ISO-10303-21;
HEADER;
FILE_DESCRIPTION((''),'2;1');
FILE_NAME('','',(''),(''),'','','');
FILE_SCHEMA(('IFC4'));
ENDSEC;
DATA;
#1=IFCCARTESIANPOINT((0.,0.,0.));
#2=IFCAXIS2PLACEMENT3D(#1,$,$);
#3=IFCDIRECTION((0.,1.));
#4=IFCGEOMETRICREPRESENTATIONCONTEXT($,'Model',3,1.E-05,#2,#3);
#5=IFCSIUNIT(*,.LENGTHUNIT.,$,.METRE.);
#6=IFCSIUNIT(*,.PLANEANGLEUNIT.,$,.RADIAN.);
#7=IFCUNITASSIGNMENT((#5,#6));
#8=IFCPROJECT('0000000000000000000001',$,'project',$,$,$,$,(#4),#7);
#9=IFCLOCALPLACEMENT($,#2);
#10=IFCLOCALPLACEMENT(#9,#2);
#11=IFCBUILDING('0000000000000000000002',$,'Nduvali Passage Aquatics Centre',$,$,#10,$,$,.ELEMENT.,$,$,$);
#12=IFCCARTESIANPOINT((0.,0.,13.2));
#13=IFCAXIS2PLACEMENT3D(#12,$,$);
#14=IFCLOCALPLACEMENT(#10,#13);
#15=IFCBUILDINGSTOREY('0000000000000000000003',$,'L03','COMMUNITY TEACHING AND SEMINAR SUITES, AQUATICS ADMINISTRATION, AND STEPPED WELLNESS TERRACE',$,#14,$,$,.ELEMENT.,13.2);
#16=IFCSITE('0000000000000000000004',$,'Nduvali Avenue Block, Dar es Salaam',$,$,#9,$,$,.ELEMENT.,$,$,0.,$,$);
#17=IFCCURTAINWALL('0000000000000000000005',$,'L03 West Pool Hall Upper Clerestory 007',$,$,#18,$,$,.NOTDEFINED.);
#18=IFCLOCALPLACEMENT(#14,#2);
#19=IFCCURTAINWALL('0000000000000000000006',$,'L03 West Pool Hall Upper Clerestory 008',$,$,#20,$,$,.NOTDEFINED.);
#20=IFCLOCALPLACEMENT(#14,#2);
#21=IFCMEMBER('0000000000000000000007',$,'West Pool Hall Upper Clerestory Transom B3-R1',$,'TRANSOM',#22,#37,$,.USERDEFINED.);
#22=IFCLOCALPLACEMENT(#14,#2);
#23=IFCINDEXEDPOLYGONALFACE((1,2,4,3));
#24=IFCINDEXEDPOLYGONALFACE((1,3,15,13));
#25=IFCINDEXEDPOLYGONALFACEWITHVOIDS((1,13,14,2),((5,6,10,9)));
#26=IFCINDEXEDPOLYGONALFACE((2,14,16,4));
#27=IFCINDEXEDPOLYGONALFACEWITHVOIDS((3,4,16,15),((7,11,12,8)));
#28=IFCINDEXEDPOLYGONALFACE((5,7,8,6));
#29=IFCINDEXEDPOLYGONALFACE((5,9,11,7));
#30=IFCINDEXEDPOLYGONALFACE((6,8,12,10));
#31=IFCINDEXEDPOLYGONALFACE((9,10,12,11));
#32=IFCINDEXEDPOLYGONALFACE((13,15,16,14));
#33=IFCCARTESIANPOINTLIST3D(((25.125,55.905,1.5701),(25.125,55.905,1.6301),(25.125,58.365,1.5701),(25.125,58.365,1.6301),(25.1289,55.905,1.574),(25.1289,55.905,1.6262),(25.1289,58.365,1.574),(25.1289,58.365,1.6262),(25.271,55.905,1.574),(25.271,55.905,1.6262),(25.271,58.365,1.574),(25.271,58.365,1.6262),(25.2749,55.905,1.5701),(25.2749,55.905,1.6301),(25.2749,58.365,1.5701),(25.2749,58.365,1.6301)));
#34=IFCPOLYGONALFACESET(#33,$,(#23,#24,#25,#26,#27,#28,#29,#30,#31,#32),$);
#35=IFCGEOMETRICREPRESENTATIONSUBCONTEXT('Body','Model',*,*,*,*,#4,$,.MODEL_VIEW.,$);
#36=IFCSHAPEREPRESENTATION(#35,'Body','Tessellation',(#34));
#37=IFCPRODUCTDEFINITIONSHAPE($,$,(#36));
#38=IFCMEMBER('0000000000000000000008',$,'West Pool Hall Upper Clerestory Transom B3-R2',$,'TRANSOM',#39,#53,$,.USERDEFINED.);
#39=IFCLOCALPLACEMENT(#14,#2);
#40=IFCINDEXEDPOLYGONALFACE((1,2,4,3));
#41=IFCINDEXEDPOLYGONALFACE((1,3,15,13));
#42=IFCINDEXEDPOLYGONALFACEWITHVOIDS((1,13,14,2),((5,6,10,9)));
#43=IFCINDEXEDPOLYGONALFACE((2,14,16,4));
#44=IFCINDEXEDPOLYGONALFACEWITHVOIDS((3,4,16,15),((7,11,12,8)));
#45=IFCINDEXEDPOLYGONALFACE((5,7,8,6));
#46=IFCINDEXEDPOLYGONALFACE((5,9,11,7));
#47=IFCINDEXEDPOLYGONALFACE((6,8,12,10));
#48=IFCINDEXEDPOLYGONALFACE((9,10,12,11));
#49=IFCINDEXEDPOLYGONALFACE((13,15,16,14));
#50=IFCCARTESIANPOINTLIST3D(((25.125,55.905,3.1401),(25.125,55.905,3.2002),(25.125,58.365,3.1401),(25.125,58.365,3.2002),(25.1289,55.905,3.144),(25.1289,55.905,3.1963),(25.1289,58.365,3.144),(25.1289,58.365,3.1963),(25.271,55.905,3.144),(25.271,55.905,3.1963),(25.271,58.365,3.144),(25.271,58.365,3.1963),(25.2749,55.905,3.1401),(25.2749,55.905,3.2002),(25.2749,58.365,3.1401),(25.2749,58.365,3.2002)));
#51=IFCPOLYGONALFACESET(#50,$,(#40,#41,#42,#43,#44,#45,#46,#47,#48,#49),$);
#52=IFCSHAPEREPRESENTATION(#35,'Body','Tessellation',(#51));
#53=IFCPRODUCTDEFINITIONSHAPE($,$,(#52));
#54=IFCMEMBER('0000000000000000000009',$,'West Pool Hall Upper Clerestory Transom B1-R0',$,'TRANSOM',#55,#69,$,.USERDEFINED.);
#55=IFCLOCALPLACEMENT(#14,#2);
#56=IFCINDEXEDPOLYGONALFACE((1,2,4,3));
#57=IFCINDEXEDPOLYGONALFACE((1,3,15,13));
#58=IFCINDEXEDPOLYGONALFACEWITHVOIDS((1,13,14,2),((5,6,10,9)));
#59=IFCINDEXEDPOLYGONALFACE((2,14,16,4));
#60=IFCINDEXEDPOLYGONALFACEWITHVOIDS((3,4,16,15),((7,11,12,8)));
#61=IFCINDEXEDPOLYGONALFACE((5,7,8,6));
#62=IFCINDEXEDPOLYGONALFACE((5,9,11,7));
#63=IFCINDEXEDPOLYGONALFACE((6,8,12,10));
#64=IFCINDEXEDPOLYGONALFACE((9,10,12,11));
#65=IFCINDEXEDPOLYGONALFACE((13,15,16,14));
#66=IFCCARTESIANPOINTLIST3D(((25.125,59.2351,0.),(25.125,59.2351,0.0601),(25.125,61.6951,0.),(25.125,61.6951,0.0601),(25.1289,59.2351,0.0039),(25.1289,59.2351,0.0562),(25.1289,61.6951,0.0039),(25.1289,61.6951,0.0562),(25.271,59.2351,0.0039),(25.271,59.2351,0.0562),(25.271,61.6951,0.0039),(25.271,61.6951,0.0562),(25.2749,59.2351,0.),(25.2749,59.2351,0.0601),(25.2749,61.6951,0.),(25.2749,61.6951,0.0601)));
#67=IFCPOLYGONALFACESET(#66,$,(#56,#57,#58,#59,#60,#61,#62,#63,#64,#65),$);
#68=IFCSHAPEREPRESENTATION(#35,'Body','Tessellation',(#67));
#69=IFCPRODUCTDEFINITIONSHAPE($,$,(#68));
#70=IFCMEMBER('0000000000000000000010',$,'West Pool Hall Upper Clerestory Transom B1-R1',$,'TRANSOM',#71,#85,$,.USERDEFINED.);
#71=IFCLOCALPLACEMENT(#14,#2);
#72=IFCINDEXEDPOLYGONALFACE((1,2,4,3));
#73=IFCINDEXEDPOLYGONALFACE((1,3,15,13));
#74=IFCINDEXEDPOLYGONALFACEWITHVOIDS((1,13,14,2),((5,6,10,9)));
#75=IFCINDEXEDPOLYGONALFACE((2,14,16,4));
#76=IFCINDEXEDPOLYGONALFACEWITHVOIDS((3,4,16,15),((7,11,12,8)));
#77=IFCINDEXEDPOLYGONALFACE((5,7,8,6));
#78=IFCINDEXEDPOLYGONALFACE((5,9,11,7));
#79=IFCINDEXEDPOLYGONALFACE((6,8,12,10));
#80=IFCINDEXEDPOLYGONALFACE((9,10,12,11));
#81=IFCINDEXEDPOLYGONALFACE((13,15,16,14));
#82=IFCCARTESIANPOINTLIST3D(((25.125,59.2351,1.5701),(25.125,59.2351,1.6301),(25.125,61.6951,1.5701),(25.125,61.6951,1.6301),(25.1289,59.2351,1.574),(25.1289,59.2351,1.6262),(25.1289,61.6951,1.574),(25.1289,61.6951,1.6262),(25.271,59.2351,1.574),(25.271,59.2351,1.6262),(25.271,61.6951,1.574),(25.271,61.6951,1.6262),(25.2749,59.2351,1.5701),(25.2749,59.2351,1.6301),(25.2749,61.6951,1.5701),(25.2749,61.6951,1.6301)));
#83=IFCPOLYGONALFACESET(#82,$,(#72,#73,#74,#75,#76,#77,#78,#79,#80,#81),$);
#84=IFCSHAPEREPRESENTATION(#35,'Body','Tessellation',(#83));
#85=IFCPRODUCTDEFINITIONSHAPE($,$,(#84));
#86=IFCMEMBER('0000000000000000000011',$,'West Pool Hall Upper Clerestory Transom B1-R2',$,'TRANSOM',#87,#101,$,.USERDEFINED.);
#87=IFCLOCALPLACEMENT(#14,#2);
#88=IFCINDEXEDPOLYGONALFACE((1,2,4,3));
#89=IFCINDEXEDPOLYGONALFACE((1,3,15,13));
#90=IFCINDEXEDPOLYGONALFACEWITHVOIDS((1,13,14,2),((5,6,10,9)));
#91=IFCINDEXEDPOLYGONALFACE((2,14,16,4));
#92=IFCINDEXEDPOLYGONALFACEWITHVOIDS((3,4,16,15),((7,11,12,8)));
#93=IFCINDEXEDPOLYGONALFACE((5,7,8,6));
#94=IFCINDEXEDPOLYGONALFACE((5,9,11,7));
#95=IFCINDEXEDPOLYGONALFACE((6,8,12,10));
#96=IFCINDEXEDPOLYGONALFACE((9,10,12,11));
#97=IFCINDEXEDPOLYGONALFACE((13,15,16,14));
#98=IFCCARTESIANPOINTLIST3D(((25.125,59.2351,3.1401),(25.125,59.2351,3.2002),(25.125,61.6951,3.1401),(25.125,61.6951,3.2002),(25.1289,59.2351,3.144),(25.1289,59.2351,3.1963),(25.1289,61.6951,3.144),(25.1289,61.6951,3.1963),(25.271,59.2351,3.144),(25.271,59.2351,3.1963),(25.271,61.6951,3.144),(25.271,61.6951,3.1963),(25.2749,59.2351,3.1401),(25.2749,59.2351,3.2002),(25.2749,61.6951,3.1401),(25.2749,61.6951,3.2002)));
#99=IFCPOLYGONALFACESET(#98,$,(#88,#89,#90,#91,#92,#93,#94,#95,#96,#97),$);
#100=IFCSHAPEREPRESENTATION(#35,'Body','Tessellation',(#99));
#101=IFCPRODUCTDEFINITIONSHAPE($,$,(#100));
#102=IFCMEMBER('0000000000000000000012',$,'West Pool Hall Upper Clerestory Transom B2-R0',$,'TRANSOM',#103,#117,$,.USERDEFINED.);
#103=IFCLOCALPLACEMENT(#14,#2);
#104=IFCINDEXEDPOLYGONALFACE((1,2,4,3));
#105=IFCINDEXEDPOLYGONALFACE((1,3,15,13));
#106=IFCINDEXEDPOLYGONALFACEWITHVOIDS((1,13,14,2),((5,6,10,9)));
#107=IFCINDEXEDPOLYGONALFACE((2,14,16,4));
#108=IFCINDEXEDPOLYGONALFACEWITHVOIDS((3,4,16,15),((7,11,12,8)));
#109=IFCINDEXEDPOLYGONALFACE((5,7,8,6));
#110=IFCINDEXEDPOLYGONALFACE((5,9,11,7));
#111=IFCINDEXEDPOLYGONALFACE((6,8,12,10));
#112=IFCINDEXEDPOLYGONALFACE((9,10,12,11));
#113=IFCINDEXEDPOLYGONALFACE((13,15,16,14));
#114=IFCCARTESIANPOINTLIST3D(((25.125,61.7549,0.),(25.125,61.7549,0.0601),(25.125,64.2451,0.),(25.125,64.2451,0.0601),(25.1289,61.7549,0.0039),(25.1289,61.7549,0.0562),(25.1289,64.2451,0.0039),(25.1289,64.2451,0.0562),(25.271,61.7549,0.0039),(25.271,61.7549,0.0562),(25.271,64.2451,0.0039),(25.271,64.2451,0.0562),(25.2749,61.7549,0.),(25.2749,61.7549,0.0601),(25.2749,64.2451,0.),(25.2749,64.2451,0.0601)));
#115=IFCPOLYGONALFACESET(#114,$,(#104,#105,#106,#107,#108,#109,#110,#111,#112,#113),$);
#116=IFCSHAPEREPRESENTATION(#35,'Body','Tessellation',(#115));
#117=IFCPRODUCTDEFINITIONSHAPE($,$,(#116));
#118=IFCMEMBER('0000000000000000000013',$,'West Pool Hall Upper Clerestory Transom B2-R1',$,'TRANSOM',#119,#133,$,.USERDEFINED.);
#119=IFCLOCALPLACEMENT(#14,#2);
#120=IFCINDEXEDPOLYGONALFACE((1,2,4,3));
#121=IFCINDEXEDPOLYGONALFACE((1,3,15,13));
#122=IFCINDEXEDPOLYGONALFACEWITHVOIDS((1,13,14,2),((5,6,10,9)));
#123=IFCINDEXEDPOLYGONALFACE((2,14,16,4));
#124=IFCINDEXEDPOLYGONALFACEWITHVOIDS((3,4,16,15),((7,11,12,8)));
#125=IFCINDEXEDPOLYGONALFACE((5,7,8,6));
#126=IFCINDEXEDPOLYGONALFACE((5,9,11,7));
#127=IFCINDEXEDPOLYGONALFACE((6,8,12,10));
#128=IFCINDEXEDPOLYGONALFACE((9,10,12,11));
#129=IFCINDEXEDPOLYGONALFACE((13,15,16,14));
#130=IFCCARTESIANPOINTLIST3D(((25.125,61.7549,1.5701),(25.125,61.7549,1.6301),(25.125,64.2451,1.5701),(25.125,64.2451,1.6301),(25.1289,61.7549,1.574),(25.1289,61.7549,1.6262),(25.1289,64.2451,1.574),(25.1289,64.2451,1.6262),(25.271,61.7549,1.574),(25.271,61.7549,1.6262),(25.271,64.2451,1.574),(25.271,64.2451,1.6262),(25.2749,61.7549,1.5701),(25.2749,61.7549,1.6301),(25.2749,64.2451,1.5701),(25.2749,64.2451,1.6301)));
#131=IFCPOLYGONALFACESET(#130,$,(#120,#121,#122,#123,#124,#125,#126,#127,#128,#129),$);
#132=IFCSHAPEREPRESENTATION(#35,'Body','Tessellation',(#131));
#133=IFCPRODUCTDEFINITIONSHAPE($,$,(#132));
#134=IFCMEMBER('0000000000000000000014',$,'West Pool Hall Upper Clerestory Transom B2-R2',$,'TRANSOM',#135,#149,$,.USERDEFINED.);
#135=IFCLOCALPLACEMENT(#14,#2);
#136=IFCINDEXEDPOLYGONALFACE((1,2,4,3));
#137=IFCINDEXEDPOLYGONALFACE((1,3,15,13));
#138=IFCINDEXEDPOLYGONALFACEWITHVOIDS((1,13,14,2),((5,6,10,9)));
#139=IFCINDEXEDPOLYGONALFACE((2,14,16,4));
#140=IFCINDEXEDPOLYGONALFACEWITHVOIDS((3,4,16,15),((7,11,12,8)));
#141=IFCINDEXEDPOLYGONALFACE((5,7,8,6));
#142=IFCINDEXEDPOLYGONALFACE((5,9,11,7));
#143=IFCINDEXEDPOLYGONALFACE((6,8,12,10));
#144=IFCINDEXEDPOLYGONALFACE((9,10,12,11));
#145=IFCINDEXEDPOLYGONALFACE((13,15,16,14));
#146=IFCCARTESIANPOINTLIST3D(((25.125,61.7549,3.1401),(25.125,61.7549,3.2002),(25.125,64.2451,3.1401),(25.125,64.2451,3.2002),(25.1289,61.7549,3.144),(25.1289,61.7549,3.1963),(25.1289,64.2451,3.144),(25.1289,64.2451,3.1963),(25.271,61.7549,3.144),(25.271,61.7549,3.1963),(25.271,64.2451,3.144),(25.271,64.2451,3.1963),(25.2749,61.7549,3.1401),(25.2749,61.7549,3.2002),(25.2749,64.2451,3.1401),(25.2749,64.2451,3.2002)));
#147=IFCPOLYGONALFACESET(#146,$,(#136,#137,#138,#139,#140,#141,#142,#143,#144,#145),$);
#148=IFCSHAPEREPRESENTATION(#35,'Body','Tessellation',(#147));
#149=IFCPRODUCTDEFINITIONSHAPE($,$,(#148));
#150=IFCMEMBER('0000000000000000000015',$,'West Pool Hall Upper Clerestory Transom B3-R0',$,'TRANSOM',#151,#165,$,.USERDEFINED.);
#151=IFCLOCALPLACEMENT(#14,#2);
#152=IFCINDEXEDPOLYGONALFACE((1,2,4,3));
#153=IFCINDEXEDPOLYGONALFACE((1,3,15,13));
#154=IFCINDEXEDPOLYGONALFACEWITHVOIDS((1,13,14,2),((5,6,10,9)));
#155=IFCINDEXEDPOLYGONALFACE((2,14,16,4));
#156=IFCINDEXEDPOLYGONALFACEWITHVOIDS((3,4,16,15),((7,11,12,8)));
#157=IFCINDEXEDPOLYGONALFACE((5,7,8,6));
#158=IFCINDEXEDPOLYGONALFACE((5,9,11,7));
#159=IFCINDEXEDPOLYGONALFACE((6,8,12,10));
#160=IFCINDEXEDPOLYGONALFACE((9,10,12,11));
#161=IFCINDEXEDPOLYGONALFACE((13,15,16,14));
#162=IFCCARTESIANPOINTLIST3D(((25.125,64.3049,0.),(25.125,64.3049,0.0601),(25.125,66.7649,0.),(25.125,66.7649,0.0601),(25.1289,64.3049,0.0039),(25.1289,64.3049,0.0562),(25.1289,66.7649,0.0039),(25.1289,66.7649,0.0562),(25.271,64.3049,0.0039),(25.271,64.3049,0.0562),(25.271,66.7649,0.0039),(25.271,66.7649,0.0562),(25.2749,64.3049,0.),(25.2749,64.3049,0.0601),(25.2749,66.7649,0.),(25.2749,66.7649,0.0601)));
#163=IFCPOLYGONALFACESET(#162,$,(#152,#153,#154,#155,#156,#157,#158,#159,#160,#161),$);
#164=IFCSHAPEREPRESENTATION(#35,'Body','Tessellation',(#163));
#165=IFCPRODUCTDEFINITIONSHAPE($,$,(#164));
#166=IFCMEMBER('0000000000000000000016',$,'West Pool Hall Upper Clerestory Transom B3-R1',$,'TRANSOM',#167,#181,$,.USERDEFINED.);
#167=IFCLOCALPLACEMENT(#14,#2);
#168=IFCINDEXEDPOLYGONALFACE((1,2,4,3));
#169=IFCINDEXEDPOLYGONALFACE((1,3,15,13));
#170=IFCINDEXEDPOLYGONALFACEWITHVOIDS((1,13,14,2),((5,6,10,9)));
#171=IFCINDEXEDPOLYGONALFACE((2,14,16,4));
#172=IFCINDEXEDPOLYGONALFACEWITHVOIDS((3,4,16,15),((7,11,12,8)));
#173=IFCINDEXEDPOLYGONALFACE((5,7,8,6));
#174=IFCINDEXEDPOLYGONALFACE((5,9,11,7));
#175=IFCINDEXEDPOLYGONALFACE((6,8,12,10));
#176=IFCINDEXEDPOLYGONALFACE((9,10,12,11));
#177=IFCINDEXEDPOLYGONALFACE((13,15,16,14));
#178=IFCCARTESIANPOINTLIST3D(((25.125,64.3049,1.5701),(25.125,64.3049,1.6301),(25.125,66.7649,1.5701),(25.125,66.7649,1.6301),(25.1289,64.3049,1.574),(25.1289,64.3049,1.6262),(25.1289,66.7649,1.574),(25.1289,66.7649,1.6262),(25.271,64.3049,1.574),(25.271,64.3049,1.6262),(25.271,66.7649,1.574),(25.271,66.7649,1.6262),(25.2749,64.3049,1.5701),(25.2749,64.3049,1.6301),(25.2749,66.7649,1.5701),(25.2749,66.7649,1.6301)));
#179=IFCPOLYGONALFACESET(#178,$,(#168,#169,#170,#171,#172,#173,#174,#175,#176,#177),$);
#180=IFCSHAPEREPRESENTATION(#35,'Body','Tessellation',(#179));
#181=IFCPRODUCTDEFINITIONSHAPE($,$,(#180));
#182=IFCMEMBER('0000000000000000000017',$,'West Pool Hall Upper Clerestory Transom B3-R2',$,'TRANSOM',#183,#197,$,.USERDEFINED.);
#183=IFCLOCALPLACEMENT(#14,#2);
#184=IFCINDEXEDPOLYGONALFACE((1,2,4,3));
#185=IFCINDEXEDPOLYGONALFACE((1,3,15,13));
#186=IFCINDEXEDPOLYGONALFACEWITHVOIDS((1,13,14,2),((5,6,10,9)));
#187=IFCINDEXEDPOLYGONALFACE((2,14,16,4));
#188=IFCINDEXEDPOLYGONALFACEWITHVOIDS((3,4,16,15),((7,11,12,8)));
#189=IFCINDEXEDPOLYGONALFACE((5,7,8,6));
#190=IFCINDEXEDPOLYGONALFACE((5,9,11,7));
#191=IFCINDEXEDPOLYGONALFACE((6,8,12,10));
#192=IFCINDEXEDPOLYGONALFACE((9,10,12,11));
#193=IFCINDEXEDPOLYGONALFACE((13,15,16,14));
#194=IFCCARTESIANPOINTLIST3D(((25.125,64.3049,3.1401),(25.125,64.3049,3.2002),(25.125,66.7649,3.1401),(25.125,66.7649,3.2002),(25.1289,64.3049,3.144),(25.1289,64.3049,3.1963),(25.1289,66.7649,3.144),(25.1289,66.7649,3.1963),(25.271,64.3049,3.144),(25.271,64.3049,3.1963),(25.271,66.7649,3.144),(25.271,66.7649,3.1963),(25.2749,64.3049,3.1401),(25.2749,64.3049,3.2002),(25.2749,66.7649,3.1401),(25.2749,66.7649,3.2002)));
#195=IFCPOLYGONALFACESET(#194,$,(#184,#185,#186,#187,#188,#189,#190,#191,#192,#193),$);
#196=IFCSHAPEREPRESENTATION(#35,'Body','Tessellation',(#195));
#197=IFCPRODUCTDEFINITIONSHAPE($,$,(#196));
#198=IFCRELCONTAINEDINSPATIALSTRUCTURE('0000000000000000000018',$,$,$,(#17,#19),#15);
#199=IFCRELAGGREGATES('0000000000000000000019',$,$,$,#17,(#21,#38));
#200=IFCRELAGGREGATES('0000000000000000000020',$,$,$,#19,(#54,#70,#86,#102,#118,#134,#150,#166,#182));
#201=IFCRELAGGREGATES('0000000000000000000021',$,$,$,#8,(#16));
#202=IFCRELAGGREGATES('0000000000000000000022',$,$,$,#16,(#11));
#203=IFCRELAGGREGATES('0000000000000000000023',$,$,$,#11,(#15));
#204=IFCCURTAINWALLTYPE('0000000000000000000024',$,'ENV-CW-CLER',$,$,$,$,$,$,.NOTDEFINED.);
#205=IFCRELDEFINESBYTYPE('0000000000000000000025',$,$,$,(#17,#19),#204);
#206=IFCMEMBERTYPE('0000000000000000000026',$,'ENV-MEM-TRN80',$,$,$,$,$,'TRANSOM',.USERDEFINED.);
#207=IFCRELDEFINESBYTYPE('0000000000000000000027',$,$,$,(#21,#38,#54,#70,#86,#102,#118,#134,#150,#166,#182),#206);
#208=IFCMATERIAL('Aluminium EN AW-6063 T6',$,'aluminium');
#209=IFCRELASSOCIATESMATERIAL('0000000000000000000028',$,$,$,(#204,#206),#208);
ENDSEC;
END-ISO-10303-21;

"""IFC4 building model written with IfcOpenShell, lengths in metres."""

from ifc_helpers import new_model, si_unit, direction, frame, origin, origin_2d, place, context, subcontext, project, spatial, hollow_rectangle, extrude, material, material_profile, profile_set, type_object, element, aggregate, save


model = new_model("IFC4")

# Units and contexts
model_context = context("Model", 3, precision=1e-05, world=origin(), true_north=direction((0.0, 1.0)))
body_context = subcontext(model_context, "Body", "Model", "MODEL_VIEW")
ifc_project = project(units=[si_unit("LENGTHUNIT", "METRE"), si_unit("PLANEANGLEUNIT", "RADIAN")], contexts=[model_context])

# Site, building, storey
site_placement = place(None, origin())
site = spatial("IfcSite", under=ifc_project, at=site_placement, Name="Nduvali Avenue Block, Dar es Salaam", CompositionType="ELEMENT", RefElevation=0.0)
building_placement = place(site_placement, origin())
building = spatial("IfcBuilding", under=site, at=building_placement, Name="Nduvali Passage Aquatics Centre", CompositionType="ELEMENT")
storey_placement = place(building_placement, frame((0.0, 0.0, 13.2)))
storey = spatial("IfcBuildingStorey", under=building, at=storey_placement, Name="L03", Description="COMMUNITY TEACHING AND SEMINAR SUITES, AQUATICS ADMINISTRATION, AND STEPPED WELLNESS TERRACE", CompositionType="ELEMENT", Elevation=13.2)

# Curtain walls
ifc_material_1 = material(Name="Aluminium EN AW-6063 T6", Category="aluminium")
curtain_wall_type = type_object("IfcCurtainWallType", Name="ENV-CW-CLER", PredefinedType="NOTDEFINED", material=ifc_material_1)
curtain_wall_1_placement = place(storey_placement, origin())
curtain_wall_1 = element("IfcCurtainWall", 1, at=curtain_wall_1_placement, inside=storey, type_object=curtain_wall_type, Name="L03 West Pool Hall Upper Clerestory 007", PredefinedType="NOTDEFINED")
curtain_wall_2_placement = place(storey_placement, origin())
curtain_wall_2 = element("IfcCurtainWall", 2, at=curtain_wall_2_placement, inside=storey, type_object=curtain_wall_type, Name="L03 West Pool Hall Upper Clerestory 008", PredefinedType="NOTDEFINED")

# Members
ifc_material_profile_1 = material_profile(ifc_material_1, hollow_rectangle(XDim=0.1499, YDim=0.0601, WallThickness=0.0039, at=origin_2d()), Name="ALU TRANSOM 150x60x4")
ifc_profile_set_1 = profile_set([ifc_material_profile_1], Name="Aluminium EN AW-6063 T6")
member_type_1 = type_object("IfcMemberType", Name="ENV-MEM-TRN80", ElementType="TRANSOM", PredefinedType="USERDEFINED", material=ifc_profile_set_1)
member_1_placement = place(storey_placement, frame((25.2, 55.905, 1.6001), z_axis=(0.0, 1.0, 0.0), x_axis=(-1.0, 0.0, 0.0)))
member_1 = element("IfcMember", 3, at=member_1_placement, type_object=member_type_1, Name="West Pool Hall Upper Clerestory Transom B3-R1", ObjectType="TRANSOM", PredefinedType="USERDEFINED", context=body_context, shape_type="SweptSolid", body=[
    extrude(hollow_rectangle(XDim=0.1499, YDim=0.0601, WallThickness=0.0039, at=origin_2d()), origin(), (0.0, 0.0, 1.0), 2.46),
])
member_2_placement = place(storey_placement, frame((25.2, 55.905, 3.1702), z_axis=(0.0, 1.0, 0.0), x_axis=(-1.0, 0.0, 0.0)))
member_2 = element("IfcMember", 4, at=member_2_placement, type_object=member_type_1, Name="West Pool Hall Upper Clerestory Transom B3-R2", ObjectType="TRANSOM", PredefinedType="USERDEFINED", context=body_context, shape_type="SweptSolid", body=[
    extrude(hollow_rectangle(XDim=0.1499, YDim=0.0601, WallThickness=0.0039, at=origin_2d()), origin(), (0.0, 0.0, 1.0), 2.46),
])
member_3_placement = place(storey_placement, frame((25.2, 59.2351, 0.03), z_axis=(0.0, 1.0, 0.0), x_axis=(-1.0, 0.0, 0.0)))
member_3 = element("IfcMember", 5, at=member_3_placement, type_object=member_type_1, Name="West Pool Hall Upper Clerestory Transom B1-R0", ObjectType="TRANSOM", PredefinedType="USERDEFINED", context=body_context, shape_type="SweptSolid", body=[
    extrude(hollow_rectangle(XDim=0.1499, YDim=0.0601, WallThickness=0.0039, at=origin_2d()), origin(), (0.0, 0.0, 1.0), 2.46),
])
member_4_placement = place(storey_placement, frame((25.2, 59.2351, 1.6001), z_axis=(0.0, 1.0, 0.0), x_axis=(-1.0, 0.0, 0.0)))
member_4 = element("IfcMember", 6, at=member_4_placement, type_object=member_type_1, Name="West Pool Hall Upper Clerestory Transom B1-R1", ObjectType="TRANSOM", PredefinedType="USERDEFINED", context=body_context, shape_type="SweptSolid", body=[
    extrude(hollow_rectangle(XDim=0.1499, YDim=0.0601, WallThickness=0.0039, at=origin_2d()), origin(), (0.0, 0.0, 1.0), 2.46),
])
member_5_placement = place(storey_placement, frame((25.2, 59.2351, 3.1702), z_axis=(0.0, 1.0, 0.0), x_axis=(-1.0, 0.0, 0.0)))
member_5 = element("IfcMember", 7, at=member_5_placement, type_object=member_type_1, Name="West Pool Hall Upper Clerestory Transom B1-R2", ObjectType="TRANSOM", PredefinedType="USERDEFINED", context=body_context, shape_type="SweptSolid", body=[
    extrude(hollow_rectangle(XDim=0.1499, YDim=0.0601, WallThickness=0.0039, at=origin_2d()), origin(), (0.0, 0.0, 1.0), 2.46),
])
member_6_placement = place(storey_placement, frame((25.2, 61.7549, 0.03), z_axis=(0.0, 1.0, 0.0), x_axis=(-1.0, 0.0, 0.0)))
member_6 = element("IfcMember", 8, at=member_6_placement, type_object=member_type_1, Name="West Pool Hall Upper Clerestory Transom B2-R0", ObjectType="TRANSOM", PredefinedType="USERDEFINED", context=body_context, shape_type="SweptSolid", body=[
    extrude(hollow_rectangle(XDim=0.1499, YDim=0.0601, WallThickness=0.0039, at=origin_2d()), origin(), (0.0, 0.0, 1.0), 2.4902),
])
member_7_placement = place(storey_placement, frame((25.2, 61.7549, 1.6001), z_axis=(0.0, 1.0, 0.0), x_axis=(-1.0, 0.0, 0.0)))
member_7 = element("IfcMember", 9, at=member_7_placement, type_object=member_type_1, Name="West Pool Hall Upper Clerestory Transom B2-R1", ObjectType="TRANSOM", PredefinedType="USERDEFINED", context=body_context, shape_type="SweptSolid", body=[
    extrude(hollow_rectangle(XDim=0.1499, YDim=0.0601, WallThickness=0.0039, at=origin_2d()), origin(), (0.0, 0.0, 1.0), 2.4902),
])
member_8_placement = place(storey_placement, frame((25.2, 61.7549, 3.1702), z_axis=(0.0, 1.0, 0.0), x_axis=(-1.0, 0.0, 0.0)))
member_8 = element("IfcMember", 10, at=member_8_placement, type_object=member_type_1, Name="West Pool Hall Upper Clerestory Transom B2-R2", ObjectType="TRANSOM", PredefinedType="USERDEFINED", context=body_context, shape_type="SweptSolid", body=[
    extrude(hollow_rectangle(XDim=0.1499, YDim=0.0601, WallThickness=0.0039, at=origin_2d()), origin(), (0.0, 0.0, 1.0), 2.4902),
])
member_9_placement = place(storey_placement, frame((25.2, 64.3049, 0.03), z_axis=(0.0, 1.0, 0.0), x_axis=(-1.0, 0.0, 0.0)))
member_9 = element("IfcMember", 11, at=member_9_placement, type_object=member_type_1, Name="West Pool Hall Upper Clerestory Transom B3-R0", ObjectType="TRANSOM", PredefinedType="USERDEFINED", context=body_context, shape_type="SweptSolid", body=[
    extrude(hollow_rectangle(XDim=0.1499, YDim=0.0601, WallThickness=0.0039, at=origin_2d()), origin(), (0.0, 0.0, 1.0), 2.46),
])
member_10_placement = place(storey_placement, frame((25.2, 64.3049, 1.6001), z_axis=(0.0, 1.0, 0.0), x_axis=(-1.0, 0.0, 0.0)))
member_10 = element("IfcMember", 12, at=member_10_placement, type_object=member_type_1, Name="West Pool Hall Upper Clerestory Transom B3-R1", ObjectType="TRANSOM", PredefinedType="USERDEFINED", context=body_context, shape_type="SweptSolid", body=[
    extrude(hollow_rectangle(XDim=0.1499, YDim=0.0601, WallThickness=0.0039, at=origin_2d()), origin(), (0.0, 0.0, 1.0), 2.46),
])
member_11_placement = place(storey_placement, frame((25.2, 64.3049, 3.1702), z_axis=(0.0, 1.0, 0.0), x_axis=(-1.0, 0.0, 0.0)))
member_11 = element("IfcMember", 13, at=member_11_placement, type_object=member_type_1, Name="West Pool Hall Upper Clerestory Transom B3-R2", ObjectType="TRANSOM", PredefinedType="USERDEFINED", context=body_context, shape_type="SweptSolid", body=[
    extrude(hollow_rectangle(XDim=0.1499, YDim=0.0601, WallThickness=0.0039, at=origin_2d()), origin(), (0.0, 0.0, 1.0), 2.46),
])

aggregate(curtain_wall_1, [member_1, member_2])
aggregate(curtain_wall_2, [member_3, member_4, member_5, member_6, member_7, member_8, member_9, member_10, member_11])

save(model, "model.ifc")
